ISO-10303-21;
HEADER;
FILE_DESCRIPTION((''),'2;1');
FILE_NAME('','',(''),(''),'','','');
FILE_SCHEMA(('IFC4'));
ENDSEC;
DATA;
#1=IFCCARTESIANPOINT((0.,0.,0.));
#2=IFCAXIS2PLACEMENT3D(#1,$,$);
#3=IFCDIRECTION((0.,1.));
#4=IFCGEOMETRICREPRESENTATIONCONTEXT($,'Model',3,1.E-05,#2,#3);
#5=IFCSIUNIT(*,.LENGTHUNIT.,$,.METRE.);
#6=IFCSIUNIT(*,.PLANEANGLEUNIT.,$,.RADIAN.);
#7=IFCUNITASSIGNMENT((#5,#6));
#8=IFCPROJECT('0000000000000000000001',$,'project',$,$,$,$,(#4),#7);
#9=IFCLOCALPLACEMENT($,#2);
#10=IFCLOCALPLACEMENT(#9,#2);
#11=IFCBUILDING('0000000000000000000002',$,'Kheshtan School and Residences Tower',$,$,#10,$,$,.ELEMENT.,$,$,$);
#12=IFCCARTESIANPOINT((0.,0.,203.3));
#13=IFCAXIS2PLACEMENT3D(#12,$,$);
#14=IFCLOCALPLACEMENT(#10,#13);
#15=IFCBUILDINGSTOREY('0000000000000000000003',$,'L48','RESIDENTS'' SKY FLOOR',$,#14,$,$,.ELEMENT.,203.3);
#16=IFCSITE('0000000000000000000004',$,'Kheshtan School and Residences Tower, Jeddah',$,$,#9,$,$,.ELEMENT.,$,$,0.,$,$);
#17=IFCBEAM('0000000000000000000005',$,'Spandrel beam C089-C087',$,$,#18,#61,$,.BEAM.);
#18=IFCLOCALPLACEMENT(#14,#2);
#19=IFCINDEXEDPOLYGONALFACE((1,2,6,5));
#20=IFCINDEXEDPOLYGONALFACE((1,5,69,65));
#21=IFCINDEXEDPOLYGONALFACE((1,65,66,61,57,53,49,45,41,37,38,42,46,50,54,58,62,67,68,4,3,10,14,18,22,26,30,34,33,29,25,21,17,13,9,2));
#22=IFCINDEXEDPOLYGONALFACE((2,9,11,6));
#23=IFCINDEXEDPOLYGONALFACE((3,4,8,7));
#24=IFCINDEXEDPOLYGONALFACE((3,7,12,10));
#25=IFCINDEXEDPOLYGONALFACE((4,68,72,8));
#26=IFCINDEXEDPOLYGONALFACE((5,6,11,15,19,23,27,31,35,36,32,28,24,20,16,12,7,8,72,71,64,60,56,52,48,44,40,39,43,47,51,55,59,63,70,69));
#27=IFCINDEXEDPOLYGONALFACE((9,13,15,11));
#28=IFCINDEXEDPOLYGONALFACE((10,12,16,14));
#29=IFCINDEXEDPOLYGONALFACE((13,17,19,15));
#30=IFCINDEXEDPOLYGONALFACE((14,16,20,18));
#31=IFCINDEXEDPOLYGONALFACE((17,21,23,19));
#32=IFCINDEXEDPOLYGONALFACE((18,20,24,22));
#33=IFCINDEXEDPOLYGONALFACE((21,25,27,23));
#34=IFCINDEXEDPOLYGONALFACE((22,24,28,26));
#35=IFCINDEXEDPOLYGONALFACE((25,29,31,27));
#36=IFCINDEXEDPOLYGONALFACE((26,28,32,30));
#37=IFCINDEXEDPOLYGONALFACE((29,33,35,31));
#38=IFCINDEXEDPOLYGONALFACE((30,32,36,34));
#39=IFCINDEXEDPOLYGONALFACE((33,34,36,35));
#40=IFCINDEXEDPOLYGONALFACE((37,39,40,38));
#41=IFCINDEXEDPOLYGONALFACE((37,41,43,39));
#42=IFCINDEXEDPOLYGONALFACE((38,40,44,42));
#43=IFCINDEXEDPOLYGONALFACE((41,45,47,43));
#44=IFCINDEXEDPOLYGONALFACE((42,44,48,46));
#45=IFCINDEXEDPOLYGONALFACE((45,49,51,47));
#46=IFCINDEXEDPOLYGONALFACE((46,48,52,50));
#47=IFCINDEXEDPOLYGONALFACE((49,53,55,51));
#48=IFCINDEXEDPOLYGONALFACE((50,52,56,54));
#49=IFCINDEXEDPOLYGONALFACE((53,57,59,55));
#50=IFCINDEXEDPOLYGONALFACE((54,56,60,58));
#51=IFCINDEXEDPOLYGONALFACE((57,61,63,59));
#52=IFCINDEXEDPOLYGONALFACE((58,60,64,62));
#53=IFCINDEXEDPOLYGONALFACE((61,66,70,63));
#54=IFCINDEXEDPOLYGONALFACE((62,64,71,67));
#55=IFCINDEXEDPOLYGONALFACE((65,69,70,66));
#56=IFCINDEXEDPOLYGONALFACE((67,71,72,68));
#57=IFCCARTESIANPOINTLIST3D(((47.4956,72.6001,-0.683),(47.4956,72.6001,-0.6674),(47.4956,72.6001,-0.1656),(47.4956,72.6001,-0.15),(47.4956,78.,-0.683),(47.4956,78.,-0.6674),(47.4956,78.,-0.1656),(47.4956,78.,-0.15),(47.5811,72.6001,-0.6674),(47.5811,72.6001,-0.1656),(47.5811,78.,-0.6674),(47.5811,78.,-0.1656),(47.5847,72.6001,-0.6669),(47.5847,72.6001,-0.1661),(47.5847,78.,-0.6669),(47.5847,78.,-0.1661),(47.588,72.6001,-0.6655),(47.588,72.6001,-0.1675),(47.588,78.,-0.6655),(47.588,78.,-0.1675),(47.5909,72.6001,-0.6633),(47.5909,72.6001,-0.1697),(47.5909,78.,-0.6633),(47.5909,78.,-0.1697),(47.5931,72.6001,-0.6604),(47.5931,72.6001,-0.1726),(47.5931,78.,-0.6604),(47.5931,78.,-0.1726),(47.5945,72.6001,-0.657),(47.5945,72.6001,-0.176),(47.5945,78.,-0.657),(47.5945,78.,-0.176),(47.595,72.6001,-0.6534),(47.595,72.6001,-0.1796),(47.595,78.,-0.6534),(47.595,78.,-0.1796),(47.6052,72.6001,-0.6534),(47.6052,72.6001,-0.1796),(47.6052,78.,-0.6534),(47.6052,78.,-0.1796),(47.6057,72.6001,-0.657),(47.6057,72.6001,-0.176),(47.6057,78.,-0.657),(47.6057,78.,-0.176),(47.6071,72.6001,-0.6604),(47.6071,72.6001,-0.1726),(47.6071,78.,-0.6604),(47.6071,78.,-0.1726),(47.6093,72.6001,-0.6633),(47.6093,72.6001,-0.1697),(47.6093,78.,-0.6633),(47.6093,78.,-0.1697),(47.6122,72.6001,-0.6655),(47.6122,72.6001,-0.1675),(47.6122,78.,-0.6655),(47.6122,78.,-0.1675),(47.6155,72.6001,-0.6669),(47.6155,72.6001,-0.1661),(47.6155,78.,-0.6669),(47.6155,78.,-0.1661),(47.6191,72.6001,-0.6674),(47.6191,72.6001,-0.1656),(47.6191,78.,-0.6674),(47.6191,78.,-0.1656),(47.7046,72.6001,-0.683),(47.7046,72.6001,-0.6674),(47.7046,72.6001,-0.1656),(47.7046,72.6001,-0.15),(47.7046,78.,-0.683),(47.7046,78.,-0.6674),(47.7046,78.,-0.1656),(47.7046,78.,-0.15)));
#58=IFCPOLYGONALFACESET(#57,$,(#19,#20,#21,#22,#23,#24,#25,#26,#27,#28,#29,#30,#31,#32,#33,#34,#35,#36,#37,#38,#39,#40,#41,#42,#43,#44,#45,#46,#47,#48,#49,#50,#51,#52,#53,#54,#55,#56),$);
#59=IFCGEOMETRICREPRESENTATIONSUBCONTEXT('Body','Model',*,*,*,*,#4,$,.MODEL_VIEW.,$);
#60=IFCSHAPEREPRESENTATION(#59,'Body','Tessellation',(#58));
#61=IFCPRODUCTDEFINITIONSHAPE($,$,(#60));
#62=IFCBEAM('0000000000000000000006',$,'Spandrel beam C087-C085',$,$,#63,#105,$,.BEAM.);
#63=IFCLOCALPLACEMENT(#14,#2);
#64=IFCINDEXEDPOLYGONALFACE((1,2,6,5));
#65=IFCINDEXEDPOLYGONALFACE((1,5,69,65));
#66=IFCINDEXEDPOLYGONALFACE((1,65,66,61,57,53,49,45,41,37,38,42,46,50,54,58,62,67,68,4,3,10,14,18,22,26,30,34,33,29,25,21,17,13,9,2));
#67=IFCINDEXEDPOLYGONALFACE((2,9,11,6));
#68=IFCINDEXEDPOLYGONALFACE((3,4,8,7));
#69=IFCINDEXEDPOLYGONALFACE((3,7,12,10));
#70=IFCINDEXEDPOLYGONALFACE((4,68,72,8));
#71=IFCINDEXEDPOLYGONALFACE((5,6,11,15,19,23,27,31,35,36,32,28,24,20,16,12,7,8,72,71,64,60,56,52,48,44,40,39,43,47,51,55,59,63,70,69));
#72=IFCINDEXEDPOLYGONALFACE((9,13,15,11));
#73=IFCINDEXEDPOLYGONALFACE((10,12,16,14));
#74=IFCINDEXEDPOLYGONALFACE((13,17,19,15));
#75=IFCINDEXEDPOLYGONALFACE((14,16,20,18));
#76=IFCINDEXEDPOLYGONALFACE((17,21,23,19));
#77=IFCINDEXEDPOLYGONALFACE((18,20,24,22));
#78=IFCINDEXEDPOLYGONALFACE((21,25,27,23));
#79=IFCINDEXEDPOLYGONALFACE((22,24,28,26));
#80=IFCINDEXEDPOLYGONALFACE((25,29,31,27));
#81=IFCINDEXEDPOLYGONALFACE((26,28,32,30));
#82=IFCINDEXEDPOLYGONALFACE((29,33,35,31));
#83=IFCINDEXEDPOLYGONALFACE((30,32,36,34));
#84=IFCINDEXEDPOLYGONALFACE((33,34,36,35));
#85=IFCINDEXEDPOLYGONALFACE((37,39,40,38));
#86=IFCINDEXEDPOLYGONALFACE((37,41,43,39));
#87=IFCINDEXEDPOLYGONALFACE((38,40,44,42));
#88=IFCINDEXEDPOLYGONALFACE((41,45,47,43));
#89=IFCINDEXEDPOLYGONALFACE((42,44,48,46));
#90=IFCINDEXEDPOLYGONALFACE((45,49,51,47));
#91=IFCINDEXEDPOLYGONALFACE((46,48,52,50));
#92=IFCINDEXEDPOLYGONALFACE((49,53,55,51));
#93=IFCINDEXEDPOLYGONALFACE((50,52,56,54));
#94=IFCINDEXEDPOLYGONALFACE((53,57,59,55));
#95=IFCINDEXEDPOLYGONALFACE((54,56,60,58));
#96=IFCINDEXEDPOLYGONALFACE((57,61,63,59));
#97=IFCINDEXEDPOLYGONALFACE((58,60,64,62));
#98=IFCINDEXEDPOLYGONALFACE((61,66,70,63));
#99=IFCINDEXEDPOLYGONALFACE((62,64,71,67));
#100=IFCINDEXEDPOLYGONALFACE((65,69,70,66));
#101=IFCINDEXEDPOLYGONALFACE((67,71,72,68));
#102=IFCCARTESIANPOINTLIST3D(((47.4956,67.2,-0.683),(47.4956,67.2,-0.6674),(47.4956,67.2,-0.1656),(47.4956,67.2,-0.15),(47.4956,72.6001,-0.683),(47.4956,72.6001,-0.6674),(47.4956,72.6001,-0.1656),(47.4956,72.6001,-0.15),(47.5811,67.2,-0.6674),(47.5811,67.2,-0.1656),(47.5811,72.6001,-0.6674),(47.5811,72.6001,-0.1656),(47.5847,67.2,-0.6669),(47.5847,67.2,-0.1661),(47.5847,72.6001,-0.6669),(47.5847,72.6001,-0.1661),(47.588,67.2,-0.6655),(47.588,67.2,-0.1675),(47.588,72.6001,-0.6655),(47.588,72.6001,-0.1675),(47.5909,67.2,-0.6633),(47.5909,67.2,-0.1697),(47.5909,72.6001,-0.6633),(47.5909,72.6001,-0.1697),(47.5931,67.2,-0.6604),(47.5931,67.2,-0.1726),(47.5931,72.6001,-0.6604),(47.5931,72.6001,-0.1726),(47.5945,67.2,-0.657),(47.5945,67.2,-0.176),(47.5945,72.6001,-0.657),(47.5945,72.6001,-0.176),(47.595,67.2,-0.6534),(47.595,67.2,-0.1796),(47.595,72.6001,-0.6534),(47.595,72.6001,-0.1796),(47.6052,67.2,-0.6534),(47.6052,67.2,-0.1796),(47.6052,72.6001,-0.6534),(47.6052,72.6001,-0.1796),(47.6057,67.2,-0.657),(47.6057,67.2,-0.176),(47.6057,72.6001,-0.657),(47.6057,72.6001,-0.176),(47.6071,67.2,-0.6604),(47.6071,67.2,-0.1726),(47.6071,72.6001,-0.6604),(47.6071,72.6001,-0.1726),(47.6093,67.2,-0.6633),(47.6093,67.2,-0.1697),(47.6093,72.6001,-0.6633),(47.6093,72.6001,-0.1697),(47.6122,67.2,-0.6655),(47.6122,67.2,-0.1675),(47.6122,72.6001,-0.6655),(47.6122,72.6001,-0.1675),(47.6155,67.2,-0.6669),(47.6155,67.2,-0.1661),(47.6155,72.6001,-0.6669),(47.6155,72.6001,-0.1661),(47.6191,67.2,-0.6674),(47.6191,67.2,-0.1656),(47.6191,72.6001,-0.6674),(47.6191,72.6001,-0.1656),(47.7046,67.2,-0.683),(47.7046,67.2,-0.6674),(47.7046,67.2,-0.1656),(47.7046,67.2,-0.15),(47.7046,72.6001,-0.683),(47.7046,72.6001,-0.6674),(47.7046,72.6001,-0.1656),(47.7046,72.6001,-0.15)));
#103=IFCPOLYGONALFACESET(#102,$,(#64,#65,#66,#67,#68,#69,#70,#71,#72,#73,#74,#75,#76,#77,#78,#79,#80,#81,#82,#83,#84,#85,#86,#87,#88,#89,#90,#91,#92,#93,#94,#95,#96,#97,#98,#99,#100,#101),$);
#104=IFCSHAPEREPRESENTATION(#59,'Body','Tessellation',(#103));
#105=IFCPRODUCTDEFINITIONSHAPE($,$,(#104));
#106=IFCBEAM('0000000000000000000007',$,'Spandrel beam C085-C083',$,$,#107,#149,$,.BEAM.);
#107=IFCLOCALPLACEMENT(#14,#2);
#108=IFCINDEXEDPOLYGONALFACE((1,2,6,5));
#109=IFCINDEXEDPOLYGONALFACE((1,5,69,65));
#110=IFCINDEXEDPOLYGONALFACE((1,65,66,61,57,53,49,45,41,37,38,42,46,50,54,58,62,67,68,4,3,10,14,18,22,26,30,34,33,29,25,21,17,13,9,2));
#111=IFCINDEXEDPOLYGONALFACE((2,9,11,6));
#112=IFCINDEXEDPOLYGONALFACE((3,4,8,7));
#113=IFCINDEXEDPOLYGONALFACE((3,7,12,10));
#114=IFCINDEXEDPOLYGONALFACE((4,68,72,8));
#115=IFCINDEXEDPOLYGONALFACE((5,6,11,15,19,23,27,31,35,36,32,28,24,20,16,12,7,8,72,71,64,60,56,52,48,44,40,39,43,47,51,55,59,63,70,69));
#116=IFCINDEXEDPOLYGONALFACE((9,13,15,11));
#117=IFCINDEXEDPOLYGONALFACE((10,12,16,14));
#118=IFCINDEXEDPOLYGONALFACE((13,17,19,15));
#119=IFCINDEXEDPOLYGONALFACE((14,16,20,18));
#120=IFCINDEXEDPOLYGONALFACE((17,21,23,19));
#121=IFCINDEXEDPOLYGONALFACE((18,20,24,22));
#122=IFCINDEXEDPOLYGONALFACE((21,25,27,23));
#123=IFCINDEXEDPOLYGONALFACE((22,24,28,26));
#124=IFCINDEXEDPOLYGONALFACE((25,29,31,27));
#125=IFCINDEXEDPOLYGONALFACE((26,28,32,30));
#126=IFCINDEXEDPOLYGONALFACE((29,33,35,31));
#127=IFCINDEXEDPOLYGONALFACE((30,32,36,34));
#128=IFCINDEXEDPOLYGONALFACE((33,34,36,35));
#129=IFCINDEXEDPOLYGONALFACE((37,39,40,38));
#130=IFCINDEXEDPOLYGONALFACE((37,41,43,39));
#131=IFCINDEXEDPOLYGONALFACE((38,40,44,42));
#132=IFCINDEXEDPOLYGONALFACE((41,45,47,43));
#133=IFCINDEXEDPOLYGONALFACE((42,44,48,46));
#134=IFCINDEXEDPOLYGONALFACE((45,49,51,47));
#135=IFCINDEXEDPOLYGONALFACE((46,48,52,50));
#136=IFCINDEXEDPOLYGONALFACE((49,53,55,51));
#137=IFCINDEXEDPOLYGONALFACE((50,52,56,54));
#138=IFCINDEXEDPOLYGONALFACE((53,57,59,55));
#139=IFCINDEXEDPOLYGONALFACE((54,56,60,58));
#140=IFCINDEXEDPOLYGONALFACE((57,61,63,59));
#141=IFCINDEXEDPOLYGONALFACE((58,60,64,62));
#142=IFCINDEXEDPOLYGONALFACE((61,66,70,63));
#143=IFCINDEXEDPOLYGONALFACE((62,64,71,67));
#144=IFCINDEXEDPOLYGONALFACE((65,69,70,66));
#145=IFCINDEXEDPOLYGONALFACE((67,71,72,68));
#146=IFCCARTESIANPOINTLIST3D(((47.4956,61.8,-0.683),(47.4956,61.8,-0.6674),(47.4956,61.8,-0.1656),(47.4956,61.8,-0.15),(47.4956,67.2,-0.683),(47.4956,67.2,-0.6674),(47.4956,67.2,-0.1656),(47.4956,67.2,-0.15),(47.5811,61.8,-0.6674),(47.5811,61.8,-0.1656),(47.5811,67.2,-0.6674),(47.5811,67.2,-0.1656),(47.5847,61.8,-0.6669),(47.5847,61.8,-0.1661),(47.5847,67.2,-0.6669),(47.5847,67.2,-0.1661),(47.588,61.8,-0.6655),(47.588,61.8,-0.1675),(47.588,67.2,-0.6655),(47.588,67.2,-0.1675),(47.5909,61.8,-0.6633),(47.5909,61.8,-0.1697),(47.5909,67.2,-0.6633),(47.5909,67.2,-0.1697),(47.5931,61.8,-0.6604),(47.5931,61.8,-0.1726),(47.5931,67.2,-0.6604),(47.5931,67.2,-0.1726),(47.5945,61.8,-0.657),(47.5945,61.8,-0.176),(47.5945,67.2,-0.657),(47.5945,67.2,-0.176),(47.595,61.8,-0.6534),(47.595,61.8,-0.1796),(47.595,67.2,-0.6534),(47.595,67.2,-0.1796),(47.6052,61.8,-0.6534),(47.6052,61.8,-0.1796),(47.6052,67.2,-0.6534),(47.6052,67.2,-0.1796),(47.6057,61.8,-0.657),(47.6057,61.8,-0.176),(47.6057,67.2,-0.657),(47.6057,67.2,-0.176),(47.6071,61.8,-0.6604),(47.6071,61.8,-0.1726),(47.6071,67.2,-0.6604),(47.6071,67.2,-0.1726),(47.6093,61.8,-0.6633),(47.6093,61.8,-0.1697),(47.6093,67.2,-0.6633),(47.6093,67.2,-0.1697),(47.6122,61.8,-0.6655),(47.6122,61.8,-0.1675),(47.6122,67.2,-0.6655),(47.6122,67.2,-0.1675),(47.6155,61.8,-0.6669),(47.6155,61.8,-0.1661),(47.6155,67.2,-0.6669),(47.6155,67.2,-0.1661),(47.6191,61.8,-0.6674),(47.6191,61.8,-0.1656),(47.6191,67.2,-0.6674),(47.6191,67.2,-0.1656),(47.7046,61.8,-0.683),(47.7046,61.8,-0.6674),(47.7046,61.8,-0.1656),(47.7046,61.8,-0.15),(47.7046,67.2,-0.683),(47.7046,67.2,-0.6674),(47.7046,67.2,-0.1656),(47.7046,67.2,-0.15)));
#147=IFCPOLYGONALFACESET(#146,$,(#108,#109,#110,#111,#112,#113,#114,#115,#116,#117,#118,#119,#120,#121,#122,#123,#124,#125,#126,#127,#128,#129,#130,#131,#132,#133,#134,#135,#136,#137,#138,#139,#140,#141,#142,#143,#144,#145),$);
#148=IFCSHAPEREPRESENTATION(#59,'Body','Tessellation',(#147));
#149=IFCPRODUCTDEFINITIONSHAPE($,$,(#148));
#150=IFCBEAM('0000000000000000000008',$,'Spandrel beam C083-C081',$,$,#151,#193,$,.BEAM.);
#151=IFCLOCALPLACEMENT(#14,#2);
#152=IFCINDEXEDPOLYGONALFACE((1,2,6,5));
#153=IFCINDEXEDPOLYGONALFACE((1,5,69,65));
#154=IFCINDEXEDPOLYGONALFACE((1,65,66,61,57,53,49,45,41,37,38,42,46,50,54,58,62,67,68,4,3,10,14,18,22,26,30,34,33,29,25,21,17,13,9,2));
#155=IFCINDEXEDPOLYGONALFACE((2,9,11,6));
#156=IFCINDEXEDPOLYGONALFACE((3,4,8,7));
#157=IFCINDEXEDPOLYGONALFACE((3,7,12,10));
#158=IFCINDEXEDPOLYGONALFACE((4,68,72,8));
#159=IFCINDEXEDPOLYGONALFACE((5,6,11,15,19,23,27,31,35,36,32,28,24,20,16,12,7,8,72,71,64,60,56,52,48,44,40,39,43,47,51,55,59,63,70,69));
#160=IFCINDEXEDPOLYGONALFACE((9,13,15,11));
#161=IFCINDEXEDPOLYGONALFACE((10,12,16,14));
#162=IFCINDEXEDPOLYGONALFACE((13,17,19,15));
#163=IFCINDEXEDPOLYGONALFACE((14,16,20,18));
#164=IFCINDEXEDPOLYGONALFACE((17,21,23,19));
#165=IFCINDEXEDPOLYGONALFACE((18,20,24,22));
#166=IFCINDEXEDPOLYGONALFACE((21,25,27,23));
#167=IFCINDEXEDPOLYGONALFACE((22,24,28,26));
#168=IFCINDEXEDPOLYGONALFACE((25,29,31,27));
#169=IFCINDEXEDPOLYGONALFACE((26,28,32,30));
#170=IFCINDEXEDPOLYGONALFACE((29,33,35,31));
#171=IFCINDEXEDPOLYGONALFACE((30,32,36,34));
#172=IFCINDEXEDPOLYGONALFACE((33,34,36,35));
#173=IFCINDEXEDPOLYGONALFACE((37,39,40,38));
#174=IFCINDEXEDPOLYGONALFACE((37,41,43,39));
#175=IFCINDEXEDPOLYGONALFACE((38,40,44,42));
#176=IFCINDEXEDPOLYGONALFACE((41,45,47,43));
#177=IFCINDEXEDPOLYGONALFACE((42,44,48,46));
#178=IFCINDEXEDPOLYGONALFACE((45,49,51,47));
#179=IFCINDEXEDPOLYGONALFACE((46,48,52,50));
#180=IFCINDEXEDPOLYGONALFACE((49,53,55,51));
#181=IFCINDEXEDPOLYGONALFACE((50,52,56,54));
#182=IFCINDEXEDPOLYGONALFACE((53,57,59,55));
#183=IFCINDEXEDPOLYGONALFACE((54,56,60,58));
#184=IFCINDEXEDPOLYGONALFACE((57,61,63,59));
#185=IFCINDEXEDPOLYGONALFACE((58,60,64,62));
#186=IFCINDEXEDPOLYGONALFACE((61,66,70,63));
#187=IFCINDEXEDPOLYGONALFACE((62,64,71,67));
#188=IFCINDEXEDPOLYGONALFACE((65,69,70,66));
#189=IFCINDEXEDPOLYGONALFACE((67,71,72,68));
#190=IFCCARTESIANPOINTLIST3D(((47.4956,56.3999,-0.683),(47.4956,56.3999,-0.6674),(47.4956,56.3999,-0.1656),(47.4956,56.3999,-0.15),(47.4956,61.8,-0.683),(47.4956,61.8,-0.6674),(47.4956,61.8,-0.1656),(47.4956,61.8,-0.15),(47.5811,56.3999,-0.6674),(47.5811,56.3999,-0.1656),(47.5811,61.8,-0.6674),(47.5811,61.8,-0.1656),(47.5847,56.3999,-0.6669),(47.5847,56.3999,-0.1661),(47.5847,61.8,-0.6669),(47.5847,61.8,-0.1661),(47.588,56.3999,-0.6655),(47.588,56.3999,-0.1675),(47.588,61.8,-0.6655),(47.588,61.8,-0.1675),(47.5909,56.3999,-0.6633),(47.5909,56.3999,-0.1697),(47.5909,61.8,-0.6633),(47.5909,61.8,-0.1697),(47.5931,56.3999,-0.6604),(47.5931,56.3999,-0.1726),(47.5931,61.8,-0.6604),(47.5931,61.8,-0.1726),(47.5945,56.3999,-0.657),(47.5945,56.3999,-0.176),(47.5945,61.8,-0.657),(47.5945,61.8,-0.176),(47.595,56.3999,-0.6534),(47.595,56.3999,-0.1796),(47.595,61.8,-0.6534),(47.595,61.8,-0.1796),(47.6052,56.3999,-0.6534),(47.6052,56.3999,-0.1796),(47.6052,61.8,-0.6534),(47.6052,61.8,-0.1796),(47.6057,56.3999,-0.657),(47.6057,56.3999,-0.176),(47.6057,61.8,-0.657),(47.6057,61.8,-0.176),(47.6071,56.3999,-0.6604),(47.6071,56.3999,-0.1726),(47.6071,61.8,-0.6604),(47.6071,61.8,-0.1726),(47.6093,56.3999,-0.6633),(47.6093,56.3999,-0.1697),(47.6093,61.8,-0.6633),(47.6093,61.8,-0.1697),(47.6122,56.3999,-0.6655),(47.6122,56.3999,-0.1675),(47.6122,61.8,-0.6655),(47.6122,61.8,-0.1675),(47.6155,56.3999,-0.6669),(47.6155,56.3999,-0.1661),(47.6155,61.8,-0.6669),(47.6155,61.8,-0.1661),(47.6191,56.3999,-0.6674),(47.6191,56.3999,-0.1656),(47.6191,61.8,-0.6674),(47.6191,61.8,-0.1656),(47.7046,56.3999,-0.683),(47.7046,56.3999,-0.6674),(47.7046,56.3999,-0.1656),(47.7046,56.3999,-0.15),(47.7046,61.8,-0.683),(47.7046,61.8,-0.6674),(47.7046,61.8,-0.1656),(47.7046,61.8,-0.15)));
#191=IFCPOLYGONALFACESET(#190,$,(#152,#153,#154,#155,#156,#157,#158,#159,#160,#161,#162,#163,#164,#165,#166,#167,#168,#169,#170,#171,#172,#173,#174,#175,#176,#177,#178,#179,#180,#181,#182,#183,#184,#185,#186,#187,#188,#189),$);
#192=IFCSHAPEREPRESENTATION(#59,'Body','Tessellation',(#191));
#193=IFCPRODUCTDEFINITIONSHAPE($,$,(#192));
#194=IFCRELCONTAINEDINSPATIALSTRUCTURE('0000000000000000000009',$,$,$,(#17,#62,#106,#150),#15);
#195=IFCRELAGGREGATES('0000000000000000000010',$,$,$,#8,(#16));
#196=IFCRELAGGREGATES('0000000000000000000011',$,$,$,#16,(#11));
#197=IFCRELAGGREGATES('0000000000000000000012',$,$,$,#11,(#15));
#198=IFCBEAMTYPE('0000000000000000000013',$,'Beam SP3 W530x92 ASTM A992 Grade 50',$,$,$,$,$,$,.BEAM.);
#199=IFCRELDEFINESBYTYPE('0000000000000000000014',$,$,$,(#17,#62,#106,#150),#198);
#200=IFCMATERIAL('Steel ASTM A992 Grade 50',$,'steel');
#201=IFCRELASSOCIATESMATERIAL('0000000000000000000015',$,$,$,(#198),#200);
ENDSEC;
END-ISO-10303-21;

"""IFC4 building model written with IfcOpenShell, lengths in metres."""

from ifc_helpers import new_model, si_unit, direction, frame, origin, origin_2d, place, context, subcontext, project, spatial, i_section, extrude, material, material_profile, profile_set, type_object, element, save


model = new_model("IFC4")

# Units and contexts
model_context = context("Model", 3, precision=1e-05, world=origin(), true_north=direction((0.0, 1.0)))
body_context = subcontext(model_context, "Body", "Model", "MODEL_VIEW")
ifc_project = project(units=[si_unit("LENGTHUNIT", "METRE"), si_unit("PLANEANGLEUNIT", "RADIAN")], contexts=[model_context])

# Site, building, storey
site_placement = place(None, origin())
site = spatial("IfcSite", under=ifc_project, at=site_placement, Name="Kheshtan School and Residences Tower, Jeddah", CompositionType="ELEMENT", RefElevation=0.0)
building_placement = place(site_placement, origin())
building = spatial("IfcBuilding", under=site, at=building_placement, Name="Kheshtan School and Residences Tower", CompositionType="ELEMENT")
storey_placement = place(building_placement, frame((0.0, 0.0, 203.3)))
storey = spatial("IfcBuildingStorey", under=building, at=storey_placement, Name="L48", Description="RESIDENTS' SKY FLOOR", CompositionType="ELEMENT", Elevation=203.3)

# Shared definitions
ifc_material_1 = material(Name="Steel ASTM A992 Grade 50", Category="steel")

# Beams
ifc_material_profile_1 = material_profile(ifc_material_1, i_section(OverallWidth=0.209, OverallDepth=0.533, WebThickness=0.0103, FlangeThickness=0.0156, FilletRadius=0.0139, at=origin_2d()), Name="W530x92")
ifc_profile_set_1 = profile_set([ifc_material_profile_1], Name="Steel ASTM A992 Grade 50")
beam_type_1 = type_object("IfcBeamType", Name="Beam SP3 W530x92 ASTM A992 Grade 50", PredefinedType="BEAM", material=ifc_profile_set_1)
for number, where, z_axis, x_axis, name in (
    (1, (47.6001, 78.0, -0.4165), (0.0, -1.0, 0.0), (1.0, 0.0, 0.0), "Spandrel beam C089-C087"),
):
    element("IfcBeam", number, at=place(storey_placement, frame(where, z_axis=z_axis, x_axis=x_axis)), inside=storey, type_object=beam_type_1, Name=name, PredefinedType="BEAM", context=body_context, shape_type="SweptSolid", body=[
        extrude(i_section(OverallWidth=0.209, OverallDepth=0.533, WebThickness=0.0103, FlangeThickness=0.0156, FilletRadius=0.0139, at=origin_2d()), origin(), (0.0, 0.0, 1.0), 5.3999),
    ])
beam_1_placement = place(storey_placement, frame((47.6001, 72.6001, -0.4165), z_axis=(0.0, -1.0, 0.0), x_axis=(1.0, 0.0, 0.0)))
element("IfcBeam", 2, at=beam_1_placement, inside=storey, type_object=beam_type_1, Name="Spandrel beam C087-C085", PredefinedType="BEAM", context=body_context, shape_type="SweptSolid", body=[
    extrude(i_section(OverallWidth=0.209, OverallDepth=0.533, WebThickness=0.0103, FlangeThickness=0.0156, FilletRadius=0.0139, at=origin_2d()), origin(), (0.0, 0.0, 1.0), 5.4001),
])
beam_2_placement = place(storey_placement, frame((47.6001, 67.2, -0.4165), z_axis=(0.0, -1.0, 0.0), x_axis=(1.0, 0.0, 0.0)))
element("IfcBeam", 3, at=beam_2_placement, inside=storey, type_object=beam_type_1, Name="Spandrel beam C085-C083", PredefinedType="BEAM", context=body_context, shape_type="SweptSolid", body=[
    extrude(i_section(OverallWidth=0.209, OverallDepth=0.533, WebThickness=0.0103, FlangeThickness=0.0156, FilletRadius=0.0139, at=origin_2d()), origin(), (0.0, 0.0, 1.0), 5.3999),
])
beam_3_placement = place(storey_placement, frame((47.6001, 61.8, -0.4165), z_axis=(0.0, -1.0, 0.0), x_axis=(1.0, 0.0, 0.0)))
element("IfcBeam", 4, at=beam_3_placement, inside=storey, type_object=beam_type_1, Name="Spandrel beam C083-C081", PredefinedType="BEAM", context=body_context, shape_type="SweptSolid", body=[
    extrude(i_section(OverallWidth=0.209, OverallDepth=0.533, WebThickness=0.0103, FlangeThickness=0.0156, FilletRadius=0.0139, at=origin_2d()), origin(), (0.0, 0.0, 1.0), 5.4001),
])

save(model, "model.ifc")
